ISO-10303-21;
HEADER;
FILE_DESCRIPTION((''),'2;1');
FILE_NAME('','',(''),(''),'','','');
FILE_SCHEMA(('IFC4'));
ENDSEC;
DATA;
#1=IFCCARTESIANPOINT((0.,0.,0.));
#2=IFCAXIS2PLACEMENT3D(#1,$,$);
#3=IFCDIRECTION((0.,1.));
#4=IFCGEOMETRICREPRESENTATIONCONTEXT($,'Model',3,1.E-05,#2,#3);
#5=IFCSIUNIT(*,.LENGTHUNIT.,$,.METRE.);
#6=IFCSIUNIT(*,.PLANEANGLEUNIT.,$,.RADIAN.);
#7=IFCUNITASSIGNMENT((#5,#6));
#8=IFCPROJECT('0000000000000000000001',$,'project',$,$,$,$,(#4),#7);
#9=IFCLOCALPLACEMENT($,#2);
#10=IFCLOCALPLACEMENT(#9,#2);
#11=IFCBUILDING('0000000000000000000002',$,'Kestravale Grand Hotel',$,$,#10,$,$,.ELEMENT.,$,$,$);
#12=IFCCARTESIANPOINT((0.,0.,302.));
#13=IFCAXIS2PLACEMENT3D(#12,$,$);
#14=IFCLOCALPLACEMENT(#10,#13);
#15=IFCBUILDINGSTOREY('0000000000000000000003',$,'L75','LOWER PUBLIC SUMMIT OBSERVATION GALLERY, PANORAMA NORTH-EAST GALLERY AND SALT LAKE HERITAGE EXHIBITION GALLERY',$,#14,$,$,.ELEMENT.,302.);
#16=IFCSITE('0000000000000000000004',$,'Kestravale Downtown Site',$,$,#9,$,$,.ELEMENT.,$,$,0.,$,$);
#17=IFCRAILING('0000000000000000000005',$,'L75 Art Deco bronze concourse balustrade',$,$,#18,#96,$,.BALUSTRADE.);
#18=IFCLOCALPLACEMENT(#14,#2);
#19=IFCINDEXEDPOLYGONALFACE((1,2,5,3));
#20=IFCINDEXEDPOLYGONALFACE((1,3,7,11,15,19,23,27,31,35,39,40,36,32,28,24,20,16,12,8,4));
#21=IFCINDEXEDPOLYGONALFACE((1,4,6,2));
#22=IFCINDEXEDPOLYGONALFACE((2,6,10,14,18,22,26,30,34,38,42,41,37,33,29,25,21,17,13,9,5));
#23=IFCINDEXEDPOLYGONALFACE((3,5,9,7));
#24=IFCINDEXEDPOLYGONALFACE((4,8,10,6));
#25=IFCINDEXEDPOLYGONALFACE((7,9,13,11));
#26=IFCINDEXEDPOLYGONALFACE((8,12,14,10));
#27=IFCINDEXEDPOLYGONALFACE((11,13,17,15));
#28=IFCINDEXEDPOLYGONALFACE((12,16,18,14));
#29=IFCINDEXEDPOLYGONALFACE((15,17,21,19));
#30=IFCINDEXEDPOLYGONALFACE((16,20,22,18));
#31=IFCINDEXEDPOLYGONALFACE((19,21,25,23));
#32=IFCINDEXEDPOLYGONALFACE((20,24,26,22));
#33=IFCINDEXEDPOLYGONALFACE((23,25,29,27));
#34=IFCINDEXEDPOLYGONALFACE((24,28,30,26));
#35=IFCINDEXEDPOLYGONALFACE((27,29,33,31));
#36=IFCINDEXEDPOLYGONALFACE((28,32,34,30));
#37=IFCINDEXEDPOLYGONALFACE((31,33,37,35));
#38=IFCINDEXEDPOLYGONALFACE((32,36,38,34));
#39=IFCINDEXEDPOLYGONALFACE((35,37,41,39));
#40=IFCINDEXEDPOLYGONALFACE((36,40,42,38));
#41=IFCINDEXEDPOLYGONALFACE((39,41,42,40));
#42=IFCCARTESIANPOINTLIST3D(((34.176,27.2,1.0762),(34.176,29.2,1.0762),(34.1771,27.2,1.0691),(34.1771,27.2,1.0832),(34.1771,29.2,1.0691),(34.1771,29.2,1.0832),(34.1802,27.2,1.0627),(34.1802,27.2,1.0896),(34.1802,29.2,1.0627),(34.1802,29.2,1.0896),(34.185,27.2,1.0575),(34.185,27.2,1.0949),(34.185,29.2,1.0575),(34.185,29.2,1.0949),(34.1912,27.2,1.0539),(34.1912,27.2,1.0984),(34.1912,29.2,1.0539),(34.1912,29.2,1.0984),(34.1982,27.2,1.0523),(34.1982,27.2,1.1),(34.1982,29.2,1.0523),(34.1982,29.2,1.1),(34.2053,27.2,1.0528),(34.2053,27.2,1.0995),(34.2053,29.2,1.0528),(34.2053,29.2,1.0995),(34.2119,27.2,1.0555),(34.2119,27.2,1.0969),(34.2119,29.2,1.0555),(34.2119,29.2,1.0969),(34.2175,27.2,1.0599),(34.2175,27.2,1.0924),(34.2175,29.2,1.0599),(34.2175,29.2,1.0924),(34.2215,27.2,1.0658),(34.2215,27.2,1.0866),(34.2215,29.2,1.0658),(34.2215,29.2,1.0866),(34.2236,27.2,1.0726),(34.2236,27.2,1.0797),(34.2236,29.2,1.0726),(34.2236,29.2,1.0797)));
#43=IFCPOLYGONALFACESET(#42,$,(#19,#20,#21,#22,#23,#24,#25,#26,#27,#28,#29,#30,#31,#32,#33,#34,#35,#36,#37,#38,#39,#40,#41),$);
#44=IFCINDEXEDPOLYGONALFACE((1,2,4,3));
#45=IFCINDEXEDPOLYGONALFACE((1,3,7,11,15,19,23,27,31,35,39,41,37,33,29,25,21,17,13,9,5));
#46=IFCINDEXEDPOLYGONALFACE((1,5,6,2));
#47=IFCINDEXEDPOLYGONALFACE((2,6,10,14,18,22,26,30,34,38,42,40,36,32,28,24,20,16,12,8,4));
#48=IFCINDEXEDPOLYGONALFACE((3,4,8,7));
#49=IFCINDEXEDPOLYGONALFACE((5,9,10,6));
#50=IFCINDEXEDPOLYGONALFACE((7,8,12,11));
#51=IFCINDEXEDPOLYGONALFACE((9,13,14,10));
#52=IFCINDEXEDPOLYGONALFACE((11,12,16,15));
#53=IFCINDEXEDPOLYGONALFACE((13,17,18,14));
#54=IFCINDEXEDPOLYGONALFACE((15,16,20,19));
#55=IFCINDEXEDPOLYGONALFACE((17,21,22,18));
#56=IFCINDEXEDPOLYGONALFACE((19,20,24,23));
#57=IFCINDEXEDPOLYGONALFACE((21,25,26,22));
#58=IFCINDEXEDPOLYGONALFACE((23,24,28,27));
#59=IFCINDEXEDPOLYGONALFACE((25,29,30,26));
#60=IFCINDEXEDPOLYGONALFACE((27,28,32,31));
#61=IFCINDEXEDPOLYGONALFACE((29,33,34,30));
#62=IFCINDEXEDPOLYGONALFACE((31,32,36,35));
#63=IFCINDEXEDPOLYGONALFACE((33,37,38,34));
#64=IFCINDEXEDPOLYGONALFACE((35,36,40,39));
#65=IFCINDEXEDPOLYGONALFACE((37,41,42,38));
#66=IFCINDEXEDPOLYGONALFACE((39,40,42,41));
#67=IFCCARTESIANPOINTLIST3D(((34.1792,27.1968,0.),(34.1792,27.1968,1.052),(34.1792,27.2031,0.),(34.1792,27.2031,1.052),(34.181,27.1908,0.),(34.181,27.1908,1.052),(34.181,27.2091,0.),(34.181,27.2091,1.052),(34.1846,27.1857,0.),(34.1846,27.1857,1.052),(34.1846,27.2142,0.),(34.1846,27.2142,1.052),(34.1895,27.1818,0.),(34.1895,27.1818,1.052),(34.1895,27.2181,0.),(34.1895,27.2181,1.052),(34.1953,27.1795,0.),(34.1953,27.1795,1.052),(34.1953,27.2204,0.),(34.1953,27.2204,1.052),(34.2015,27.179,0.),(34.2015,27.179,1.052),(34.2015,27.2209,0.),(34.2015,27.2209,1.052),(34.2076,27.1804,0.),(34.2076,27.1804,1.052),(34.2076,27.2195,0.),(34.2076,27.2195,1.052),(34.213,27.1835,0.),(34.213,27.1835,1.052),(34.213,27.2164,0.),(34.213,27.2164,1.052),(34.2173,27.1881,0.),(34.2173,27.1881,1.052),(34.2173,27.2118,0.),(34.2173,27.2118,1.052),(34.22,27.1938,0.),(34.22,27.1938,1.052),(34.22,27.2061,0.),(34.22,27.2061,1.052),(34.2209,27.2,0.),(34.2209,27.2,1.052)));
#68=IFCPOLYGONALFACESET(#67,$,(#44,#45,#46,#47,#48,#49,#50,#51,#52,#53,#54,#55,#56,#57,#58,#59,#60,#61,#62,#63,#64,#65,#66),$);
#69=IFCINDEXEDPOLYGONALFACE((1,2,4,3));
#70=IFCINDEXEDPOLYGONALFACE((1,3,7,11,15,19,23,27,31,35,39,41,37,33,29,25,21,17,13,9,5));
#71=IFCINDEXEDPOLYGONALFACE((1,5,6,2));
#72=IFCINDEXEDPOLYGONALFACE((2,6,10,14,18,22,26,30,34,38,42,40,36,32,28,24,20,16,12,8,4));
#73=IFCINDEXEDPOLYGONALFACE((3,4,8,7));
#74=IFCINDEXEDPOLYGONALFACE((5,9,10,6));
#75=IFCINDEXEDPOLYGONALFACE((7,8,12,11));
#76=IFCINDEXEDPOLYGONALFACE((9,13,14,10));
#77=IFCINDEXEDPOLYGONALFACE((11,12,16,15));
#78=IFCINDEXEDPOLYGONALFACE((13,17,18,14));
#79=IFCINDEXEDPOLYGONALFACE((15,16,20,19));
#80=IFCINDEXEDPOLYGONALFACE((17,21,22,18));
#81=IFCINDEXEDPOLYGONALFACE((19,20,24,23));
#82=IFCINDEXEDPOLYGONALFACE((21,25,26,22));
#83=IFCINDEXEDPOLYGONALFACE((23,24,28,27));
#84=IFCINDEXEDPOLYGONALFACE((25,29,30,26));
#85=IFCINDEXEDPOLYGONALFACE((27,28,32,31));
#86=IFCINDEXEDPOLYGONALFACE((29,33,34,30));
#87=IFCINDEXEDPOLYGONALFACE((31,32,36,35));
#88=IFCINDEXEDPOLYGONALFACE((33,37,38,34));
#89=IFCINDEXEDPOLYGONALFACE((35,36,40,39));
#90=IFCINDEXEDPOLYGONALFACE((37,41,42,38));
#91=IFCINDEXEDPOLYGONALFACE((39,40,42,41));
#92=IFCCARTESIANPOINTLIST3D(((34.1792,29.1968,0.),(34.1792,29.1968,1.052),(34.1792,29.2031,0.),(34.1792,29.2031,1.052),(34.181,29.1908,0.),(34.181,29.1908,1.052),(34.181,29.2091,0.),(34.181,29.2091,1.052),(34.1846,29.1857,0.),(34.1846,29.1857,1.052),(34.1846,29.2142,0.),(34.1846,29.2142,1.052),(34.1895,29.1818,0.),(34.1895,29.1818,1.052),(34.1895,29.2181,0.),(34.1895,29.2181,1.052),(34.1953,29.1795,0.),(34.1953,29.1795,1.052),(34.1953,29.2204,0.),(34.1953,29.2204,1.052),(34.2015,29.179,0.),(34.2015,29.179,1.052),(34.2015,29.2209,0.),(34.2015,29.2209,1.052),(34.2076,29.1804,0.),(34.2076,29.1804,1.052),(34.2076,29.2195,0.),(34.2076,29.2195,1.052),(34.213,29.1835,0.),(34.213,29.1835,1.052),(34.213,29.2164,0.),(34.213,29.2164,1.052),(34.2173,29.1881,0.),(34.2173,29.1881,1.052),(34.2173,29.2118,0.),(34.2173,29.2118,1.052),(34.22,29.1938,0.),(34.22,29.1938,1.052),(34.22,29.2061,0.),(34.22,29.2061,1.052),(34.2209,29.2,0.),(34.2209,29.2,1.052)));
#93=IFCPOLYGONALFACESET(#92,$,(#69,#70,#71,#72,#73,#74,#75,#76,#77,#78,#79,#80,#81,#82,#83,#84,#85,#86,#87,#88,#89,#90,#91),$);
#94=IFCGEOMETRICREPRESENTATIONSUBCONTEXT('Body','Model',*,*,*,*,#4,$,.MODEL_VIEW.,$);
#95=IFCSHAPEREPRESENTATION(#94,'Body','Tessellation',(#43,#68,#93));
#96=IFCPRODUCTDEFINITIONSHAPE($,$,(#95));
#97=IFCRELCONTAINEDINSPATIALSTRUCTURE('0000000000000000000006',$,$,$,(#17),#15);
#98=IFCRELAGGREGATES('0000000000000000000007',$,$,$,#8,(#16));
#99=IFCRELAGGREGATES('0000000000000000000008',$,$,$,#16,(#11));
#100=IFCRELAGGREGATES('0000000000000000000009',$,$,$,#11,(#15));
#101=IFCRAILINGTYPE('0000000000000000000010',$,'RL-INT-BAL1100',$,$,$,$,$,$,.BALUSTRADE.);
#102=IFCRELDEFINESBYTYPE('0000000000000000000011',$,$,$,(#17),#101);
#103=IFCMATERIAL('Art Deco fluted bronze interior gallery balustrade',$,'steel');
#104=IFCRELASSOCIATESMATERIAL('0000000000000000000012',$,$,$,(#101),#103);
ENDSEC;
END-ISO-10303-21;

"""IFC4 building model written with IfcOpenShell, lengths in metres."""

from ifc_helpers import new_model, si_unit, direction, frame, origin, origin_2d, place, context, subcontext, project, spatial, circle, extrude, material, type_object, element, save


model = new_model("IFC4")

# Units and contexts
model_context = context("Model", 3, precision=1e-05, world=origin(), true_north=direction((0.0, 1.0)))
body_context = subcontext(model_context, "Body", "Model", "MODEL_VIEW")
ifc_project = project(units=[si_unit("LENGTHUNIT", "METRE"), si_unit("PLANEANGLEUNIT", "RADIAN")], contexts=[model_context])

# Site, building, storey
site_placement = place(None, origin())
site = spatial("IfcSite", under=ifc_project, at=site_placement, Name="Kestravale Downtown Site", CompositionType="ELEMENT", RefElevation=0.0)
building_placement = place(site_placement, origin())
building = spatial("IfcBuilding", under=site, at=building_placement, Name="Kestravale Grand Hotel", CompositionType="ELEMENT")
storey_placement = place(building_placement, frame((0.0, 0.0, 302.0)))
storey = spatial("IfcBuildingStorey", under=building, at=storey_placement, Name="L75", Description="LOWER PUBLIC SUMMIT OBSERVATION GALLERY, PANORAMA NORTH-EAST GALLERY AND SALT LAKE HERITAGE EXHIBITION GALLERY", CompositionType="ELEMENT", Elevation=302.0)

# Railing
ifc_material_1 = material(Name="Art Deco fluted bronze interior gallery balustrade", Category="steel")
railing_type = type_object("IfcRailingType", Name="RL-INT-BAL1100", PredefinedType="BALUSTRADE", material=ifc_material_1)
railing_placement = place(storey_placement, frame((34.2, 27.2, 0.0)))
element("IfcRailing", 1, at=railing_placement, inside=storey, type_object=railing_type, Name="L75 Art Deco bronze concourse balustrade", PredefinedType="BALUSTRADE", context=body_context, shape_type="SweptSolid", body=[
    extrude(circle(Radius=0.0239, at=origin_2d()), frame((0.0, 0.0, 1.0762), z_axis=(0.0, 1.0, 0.0), x_axis=(-1.0, 0.0, 0.0)), (0.0, 0.0, 1.0), 2.0),
    extrude(circle(Radius=0.021, at=origin_2d()), origin(), (0.0, 0.0, 1.0), 1.052),
    extrude(circle(Radius=0.021, at=origin_2d()), frame((0.0, 2.0, 0.0)), (0.0, 0.0, 1.0), 1.052),
])

save(model, "model.ifc")
